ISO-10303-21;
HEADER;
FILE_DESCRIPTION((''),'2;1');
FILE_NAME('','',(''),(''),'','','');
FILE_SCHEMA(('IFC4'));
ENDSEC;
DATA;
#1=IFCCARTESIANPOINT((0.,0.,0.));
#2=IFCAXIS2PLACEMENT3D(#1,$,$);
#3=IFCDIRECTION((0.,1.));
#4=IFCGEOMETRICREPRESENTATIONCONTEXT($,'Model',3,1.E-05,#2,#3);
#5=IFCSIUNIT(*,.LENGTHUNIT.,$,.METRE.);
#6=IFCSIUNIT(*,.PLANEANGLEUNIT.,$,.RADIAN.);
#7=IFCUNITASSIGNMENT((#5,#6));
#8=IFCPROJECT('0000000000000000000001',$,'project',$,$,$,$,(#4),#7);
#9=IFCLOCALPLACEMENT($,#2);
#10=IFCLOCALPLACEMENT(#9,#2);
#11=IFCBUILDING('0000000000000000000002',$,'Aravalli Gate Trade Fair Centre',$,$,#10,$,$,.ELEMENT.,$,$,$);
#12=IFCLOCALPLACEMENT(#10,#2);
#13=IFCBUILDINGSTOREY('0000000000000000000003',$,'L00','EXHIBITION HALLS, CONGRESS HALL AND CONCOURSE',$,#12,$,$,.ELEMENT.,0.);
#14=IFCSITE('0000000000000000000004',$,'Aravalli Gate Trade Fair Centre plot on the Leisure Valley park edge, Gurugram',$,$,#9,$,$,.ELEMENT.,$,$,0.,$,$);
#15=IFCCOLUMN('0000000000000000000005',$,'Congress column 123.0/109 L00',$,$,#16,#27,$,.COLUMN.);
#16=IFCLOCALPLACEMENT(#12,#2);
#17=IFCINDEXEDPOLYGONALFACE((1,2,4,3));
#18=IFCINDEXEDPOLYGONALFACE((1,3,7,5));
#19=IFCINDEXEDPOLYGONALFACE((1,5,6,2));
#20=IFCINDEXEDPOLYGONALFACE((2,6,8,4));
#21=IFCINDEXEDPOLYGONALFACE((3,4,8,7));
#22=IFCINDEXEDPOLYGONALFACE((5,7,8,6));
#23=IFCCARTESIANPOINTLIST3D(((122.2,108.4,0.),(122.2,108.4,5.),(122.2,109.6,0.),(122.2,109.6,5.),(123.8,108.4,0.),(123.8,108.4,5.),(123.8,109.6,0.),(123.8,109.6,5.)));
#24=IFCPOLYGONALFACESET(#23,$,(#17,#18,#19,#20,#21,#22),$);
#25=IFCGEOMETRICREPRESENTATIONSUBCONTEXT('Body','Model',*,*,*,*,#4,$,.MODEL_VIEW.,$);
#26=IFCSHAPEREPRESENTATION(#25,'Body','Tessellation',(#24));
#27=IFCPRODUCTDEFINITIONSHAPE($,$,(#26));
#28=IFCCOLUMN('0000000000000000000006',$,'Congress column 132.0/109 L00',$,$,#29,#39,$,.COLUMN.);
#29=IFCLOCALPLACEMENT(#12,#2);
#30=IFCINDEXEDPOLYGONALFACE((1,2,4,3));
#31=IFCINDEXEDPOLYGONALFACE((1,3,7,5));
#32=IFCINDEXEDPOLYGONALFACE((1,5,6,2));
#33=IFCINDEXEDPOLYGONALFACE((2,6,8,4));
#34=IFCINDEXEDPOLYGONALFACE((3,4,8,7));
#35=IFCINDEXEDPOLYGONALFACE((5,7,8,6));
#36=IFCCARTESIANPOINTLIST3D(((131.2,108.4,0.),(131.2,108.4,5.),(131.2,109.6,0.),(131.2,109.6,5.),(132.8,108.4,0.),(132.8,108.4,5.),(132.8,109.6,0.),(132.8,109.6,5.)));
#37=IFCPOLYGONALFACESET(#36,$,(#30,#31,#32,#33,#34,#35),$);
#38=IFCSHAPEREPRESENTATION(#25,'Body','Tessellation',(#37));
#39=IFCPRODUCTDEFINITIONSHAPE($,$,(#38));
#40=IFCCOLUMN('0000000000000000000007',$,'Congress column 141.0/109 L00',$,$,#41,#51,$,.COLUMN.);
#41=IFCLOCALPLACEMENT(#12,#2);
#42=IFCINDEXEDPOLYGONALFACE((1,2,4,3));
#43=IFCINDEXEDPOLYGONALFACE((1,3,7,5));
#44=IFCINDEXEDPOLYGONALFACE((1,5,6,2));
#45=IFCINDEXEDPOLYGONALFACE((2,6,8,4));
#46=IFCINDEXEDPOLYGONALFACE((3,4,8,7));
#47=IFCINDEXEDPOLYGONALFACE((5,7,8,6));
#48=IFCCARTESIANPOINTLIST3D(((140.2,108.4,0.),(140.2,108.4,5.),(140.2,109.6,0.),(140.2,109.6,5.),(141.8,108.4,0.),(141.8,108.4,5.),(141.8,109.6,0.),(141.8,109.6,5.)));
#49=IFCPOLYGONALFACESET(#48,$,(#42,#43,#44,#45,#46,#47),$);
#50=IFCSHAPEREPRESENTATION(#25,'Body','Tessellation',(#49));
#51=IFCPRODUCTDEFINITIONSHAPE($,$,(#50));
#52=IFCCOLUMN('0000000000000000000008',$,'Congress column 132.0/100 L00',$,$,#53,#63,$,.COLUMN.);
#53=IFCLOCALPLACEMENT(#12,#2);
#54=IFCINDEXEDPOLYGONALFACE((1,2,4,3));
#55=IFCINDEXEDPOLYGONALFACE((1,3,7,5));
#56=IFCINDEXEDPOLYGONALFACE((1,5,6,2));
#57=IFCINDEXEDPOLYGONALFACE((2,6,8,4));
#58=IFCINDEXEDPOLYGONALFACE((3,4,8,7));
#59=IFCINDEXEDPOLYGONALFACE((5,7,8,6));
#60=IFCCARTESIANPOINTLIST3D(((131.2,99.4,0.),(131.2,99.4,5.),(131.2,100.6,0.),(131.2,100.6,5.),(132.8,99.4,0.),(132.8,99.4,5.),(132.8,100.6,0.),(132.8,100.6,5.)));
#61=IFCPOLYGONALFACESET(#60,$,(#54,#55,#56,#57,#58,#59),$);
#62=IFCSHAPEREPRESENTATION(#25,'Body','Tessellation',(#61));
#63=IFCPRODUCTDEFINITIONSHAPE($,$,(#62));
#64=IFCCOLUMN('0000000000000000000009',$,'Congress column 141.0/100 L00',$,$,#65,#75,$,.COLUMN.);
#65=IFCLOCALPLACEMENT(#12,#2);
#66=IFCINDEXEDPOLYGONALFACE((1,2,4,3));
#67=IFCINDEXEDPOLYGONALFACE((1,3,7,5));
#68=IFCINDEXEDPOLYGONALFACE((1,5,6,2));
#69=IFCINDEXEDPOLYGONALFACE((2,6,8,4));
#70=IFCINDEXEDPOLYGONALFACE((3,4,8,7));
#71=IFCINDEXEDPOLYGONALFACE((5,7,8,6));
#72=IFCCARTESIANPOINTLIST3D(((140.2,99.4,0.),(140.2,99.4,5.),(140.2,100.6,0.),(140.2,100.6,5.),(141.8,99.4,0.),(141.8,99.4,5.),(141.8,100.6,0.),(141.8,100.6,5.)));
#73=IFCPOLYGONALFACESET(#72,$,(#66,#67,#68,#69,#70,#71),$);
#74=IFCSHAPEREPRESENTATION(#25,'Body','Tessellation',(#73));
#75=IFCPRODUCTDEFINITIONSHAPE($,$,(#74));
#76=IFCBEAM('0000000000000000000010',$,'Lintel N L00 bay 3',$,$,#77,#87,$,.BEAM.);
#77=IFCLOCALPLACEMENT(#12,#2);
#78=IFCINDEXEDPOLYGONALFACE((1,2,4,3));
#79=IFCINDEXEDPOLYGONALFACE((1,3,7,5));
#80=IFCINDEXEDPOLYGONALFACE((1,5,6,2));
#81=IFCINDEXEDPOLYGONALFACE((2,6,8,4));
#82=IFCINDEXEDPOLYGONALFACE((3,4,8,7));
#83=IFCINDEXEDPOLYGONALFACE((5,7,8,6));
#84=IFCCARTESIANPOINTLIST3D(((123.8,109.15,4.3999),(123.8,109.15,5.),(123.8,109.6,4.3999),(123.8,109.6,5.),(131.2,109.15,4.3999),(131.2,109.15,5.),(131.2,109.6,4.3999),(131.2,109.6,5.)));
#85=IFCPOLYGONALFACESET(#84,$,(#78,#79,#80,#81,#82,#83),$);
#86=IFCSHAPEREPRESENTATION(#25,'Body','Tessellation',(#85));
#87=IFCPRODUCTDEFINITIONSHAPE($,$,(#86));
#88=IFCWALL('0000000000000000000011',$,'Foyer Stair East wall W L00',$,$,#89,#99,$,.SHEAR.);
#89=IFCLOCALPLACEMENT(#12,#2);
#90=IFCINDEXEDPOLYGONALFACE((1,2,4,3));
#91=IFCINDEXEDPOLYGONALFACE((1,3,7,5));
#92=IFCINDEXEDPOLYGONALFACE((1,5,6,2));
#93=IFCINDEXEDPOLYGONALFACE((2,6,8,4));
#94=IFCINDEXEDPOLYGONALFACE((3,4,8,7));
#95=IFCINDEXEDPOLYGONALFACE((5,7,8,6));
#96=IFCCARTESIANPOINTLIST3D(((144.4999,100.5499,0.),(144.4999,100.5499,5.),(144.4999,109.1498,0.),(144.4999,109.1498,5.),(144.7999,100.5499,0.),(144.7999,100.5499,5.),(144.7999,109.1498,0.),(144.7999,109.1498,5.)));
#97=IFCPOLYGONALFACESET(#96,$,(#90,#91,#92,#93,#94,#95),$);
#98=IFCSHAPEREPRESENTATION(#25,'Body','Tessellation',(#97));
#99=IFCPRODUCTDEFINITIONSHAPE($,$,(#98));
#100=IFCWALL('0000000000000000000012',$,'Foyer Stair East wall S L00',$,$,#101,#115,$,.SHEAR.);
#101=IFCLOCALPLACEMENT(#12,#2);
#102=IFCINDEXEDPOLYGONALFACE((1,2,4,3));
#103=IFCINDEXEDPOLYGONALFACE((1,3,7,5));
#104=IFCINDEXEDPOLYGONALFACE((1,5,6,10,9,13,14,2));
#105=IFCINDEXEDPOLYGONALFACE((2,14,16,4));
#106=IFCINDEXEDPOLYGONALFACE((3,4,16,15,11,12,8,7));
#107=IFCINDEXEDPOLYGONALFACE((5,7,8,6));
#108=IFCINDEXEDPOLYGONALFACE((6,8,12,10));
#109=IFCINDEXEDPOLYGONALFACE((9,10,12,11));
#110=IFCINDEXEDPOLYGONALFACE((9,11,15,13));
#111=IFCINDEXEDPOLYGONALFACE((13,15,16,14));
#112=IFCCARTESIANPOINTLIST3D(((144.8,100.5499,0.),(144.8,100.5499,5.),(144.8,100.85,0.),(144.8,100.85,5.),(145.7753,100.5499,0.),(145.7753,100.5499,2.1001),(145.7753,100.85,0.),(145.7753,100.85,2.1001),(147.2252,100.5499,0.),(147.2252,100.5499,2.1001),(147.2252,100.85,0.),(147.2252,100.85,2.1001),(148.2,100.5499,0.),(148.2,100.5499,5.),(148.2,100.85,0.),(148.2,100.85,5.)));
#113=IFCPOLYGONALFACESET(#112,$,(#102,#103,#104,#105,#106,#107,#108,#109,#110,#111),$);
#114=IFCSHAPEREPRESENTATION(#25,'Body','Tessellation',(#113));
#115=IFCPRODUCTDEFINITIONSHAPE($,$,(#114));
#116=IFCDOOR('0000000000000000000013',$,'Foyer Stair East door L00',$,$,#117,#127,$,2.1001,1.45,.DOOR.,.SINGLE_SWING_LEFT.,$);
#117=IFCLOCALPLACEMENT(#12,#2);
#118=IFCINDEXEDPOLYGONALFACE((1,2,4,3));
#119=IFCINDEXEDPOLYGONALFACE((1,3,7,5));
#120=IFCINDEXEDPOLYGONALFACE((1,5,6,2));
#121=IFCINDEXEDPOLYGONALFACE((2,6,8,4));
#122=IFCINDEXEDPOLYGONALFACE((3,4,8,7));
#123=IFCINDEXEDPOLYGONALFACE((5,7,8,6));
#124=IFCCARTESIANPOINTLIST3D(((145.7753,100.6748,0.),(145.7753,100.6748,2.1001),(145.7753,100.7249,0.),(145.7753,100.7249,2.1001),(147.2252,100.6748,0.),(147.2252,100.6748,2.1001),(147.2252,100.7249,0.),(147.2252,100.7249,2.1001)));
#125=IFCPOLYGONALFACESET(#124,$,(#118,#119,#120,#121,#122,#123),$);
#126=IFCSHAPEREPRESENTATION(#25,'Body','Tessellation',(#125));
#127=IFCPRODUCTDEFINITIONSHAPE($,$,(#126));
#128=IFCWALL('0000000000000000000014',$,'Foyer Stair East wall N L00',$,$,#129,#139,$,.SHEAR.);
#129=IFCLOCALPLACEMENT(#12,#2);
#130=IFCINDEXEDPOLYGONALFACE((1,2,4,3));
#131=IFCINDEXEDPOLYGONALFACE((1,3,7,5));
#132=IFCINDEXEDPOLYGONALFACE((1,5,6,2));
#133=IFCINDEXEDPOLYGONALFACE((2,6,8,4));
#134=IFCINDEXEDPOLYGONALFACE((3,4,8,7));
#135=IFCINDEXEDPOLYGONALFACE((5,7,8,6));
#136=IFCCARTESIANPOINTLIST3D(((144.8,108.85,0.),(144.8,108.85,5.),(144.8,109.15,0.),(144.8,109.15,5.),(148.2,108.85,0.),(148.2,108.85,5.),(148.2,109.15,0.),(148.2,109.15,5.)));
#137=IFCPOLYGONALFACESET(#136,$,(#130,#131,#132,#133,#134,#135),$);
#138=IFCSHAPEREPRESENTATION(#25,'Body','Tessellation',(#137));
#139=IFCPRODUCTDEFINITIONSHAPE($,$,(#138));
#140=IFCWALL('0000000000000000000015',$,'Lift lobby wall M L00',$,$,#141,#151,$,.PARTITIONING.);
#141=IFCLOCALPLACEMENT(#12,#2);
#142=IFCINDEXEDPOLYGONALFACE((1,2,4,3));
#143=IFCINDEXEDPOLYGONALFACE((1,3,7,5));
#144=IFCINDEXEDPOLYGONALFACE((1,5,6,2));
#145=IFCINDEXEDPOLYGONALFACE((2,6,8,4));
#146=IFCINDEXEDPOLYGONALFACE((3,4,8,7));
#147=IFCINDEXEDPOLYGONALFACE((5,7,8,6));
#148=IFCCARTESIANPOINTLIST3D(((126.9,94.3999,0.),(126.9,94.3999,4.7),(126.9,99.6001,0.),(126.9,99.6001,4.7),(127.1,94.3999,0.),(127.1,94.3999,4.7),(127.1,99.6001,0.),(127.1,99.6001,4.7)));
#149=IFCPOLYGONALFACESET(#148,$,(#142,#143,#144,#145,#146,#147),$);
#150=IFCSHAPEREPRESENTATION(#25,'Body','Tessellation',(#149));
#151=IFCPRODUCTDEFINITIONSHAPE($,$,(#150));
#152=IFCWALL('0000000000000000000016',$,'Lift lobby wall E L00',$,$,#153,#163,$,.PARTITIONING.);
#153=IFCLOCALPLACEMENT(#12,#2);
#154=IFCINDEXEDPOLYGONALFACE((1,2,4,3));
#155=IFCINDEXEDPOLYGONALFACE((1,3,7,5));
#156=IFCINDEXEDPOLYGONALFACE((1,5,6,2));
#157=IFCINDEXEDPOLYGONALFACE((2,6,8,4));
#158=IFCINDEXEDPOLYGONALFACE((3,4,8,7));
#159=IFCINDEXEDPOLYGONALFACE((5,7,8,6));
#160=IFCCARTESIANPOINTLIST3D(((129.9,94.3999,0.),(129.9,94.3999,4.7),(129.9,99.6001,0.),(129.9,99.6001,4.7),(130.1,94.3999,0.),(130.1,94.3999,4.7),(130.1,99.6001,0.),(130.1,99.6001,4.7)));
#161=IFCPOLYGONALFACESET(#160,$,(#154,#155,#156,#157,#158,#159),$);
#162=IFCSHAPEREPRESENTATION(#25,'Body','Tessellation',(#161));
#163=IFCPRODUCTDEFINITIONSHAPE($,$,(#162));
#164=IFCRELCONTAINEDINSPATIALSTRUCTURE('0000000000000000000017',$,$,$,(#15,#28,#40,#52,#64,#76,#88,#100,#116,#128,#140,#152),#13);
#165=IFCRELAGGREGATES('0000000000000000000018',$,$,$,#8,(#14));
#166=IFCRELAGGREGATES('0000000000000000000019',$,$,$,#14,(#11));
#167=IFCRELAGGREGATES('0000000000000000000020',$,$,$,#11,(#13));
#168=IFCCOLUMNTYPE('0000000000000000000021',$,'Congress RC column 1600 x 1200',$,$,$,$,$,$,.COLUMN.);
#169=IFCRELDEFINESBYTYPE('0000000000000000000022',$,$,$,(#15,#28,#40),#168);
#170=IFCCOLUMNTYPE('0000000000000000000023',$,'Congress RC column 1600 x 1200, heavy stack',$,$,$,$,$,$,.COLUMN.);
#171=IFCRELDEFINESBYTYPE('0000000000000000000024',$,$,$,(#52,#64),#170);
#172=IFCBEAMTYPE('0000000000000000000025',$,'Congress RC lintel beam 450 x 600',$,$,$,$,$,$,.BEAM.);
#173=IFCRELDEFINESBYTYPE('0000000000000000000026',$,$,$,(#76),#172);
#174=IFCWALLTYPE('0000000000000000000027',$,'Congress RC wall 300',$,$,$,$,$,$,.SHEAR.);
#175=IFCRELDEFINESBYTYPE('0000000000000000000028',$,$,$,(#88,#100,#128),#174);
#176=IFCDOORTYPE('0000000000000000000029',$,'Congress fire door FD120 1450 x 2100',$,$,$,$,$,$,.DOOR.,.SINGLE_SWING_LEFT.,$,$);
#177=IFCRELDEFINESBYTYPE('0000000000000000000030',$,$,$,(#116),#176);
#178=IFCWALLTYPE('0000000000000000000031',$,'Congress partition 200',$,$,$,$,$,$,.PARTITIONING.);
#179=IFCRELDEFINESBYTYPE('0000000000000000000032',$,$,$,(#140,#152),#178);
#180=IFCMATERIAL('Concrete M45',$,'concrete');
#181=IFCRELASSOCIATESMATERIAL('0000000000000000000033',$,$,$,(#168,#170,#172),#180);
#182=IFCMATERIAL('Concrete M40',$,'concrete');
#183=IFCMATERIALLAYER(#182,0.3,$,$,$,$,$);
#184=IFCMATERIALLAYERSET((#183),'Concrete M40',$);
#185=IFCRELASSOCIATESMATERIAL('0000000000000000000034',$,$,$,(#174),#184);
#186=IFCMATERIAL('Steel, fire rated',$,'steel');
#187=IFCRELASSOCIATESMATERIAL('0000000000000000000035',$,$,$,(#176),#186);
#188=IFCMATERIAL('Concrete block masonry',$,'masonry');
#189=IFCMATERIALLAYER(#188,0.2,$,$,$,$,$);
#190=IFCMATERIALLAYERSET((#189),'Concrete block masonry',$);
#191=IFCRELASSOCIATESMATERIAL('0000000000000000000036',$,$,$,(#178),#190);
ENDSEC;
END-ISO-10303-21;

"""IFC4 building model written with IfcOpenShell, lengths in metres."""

from ifc_helpers import new_model, si_unit, direction, frame, frame_2d, origin, origin_2d, place, context, subcontext, project, spatial, rectangle, extrude, material, layer, layer_set, material_profile, profile_set, type_object, element, fill, save


model = new_model("IFC4")

# Units and contexts
model_context = context("Model", 3, precision=1e-05, world=origin(), true_north=direction((0.0, 1.0)))
body_context = subcontext(model_context, "Body", "Model", "MODEL_VIEW")
ifc_project = project(units=[si_unit("LENGTHUNIT", "METRE"), si_unit("PLANEANGLEUNIT", "RADIAN")], contexts=[model_context])

# Site, building, storey
site_placement = place(None, origin())
site = spatial("IfcSite", under=ifc_project, at=site_placement, Name="Aravalli Gate Trade Fair Centre plot on the Leisure Valley park edge, Gurugram", CompositionType="ELEMENT", RefElevation=0.0)
building_placement = place(site_placement, origin())
building = spatial("IfcBuilding", under=site, at=building_placement, Name="Aravalli Gate Trade Fair Centre", CompositionType="ELEMENT")
storey_placement = place(building_placement, origin())
storey = spatial("IfcBuildingStorey", under=building, at=storey_placement, Name="L00", Description="EXHIBITION HALLS, CONGRESS HALL AND CONCOURSE", CompositionType="ELEMENT", Elevation=0.0)

# Columns
ifc_material_1 = material(Name="Concrete M45", Category="concrete")
ifc_material_profile_1 = material_profile(ifc_material_1, rectangle(XDim=1.6001, YDim=1.2, at=origin_2d()), Name="RC 1600x1200")
ifc_profile_set_1 = profile_set([ifc_material_profile_1], Name="Concrete M45")
column_type_1 = type_object("IfcColumnType", Name="Congress RC column 1600 x 1200", PredefinedType="COLUMN", material=ifc_profile_set_1)
for number, where, z_axis, x_axis, name in (
    (1, (123.0, 109.0, 0.0), (0.0, 0.0, 1.0), (1.0, 0.0, 0.0), "Congress column 123.0/109 L00"),
    (2, (132.0, 109.0, 0.0), (0.0, 0.0, 1.0), (1.0, 0.0, 0.0), "Congress column 132.0/109 L00"),
    (3, (141.0, 109.0, 0.0), (0.0, 0.0, 1.0), (1.0, 0.0, 0.0), "Congress column 141.0/109 L00"),
):
    element("IfcColumn", number, at=place(storey_placement, frame(where, z_axis=z_axis, x_axis=x_axis)), inside=storey, type_object=column_type_1, Name=name, PredefinedType="COLUMN", context=body_context, shape_type="SweptSolid", body=[
        extrude(rectangle(XDim=1.6001, YDim=1.2, at=origin_2d()), origin(), (0.0, 0.0, 1.0), 5.0),
    ])
ifc_material_profile_2 = material_profile(ifc_material_1, rectangle(XDim=1.6001, YDim=1.2, at=origin_2d()), Name="RC 1600x1200")
ifc_profile_set_2 = profile_set([ifc_material_profile_2], Name="Concrete M45")
column_type_2 = type_object("IfcColumnType", Name="Congress RC column 1600 x 1200, heavy stack", PredefinedType="COLUMN", material=ifc_profile_set_2)
for number, where, z_axis, x_axis, name in (
    (4, (132.0, 100.0, 0.0), (0.0, 0.0, 1.0), (1.0, 0.0, 0.0), "Congress column 132.0/100 L00"),
    (5, (141.0, 100.0, 0.0), (0.0, 0.0, 1.0), (1.0, 0.0, 0.0), "Congress column 141.0/100 L00"),
):
    element("IfcColumn", number, at=place(storey_placement, frame(where, z_axis=z_axis, x_axis=x_axis)), inside=storey, type_object=column_type_2, Name=name, PredefinedType="COLUMN", context=body_context, shape_type="SweptSolid", body=[
        extrude(rectangle(XDim=1.6001, YDim=1.2, at=origin_2d()), origin(), (0.0, 0.0, 1.0), 5.0),
    ])

# Beam
ifc_material_profile_3 = material_profile(ifc_material_1, rectangle(XDim=0.45, YDim=0.6001, at=origin_2d()), Name="RC 450x600")
ifc_profile_set_3 = profile_set([ifc_material_profile_3], Name="Concrete M45")
beam_type = type_object("IfcBeamType", Name="Congress RC lintel beam 450 x 600", PredefinedType="BEAM", material=ifc_profile_set_3)
beam_placement = place(storey_placement, frame((123.8, 109.375, 4.7), z_axis=(1.0, 0.0, 0.0), x_axis=(0.0, 1.0, 0.0)))
element("IfcBeam", 6, at=beam_placement, inside=storey, type_object=beam_type, Name="Lintel N L00 bay 3", PredefinedType="BEAM", context=body_context, shape_type="SweptSolid", body=[
    extrude(rectangle(XDim=0.45, YDim=0.6001, at=origin_2d()), origin(), (0.0, 0.0, 1.0), 7.3999),
])

# Wall
ifc_material_2 = material(Name="Concrete M40", Category="concrete")
ifc_layer_1 = layer(ifc_material_2, 0.3)
ifc_layer_set_1 = layer_set([ifc_layer_1], Name="Concrete M40")
wall_type_1 = type_object("IfcWallType", Name="Congress RC wall 300", PredefinedType="SHEAR", material=ifc_layer_set_1)
wall_1_placement = place(storey_placement, frame((144.6499, 100.55, 0.0), z_axis=(0.0, 0.0, 1.0), x_axis=(0.0, 1.0, 0.0)))
element("IfcWall", 7, at=wall_1_placement, inside=storey, type_object=wall_type_1, Name="Foyer Stair East wall W L00", PredefinedType="SHEAR", context=body_context, shape_type="SweptSolid", body=[
    extrude(rectangle(XDim=8.5999, YDim=0.3, at=frame_2d((4.2998, 0.0))), origin(), (0.0, 0.0, 1.0), 5.0),
])

# Wall, opening, door
wall_2_placement = place(storey_placement, frame((144.8, 100.7, 0.0), z_axis=(0.0, 0.0, 1.0), x_axis=(1.0, 0.0, 0.0)))
wall_2 = element("IfcWall", 8, at=wall_2_placement, inside=storey, type_object=wall_type_1, Name="Foyer Stair East wall S L00", PredefinedType="SHEAR", context=body_context, shape_type="SweptSolid", body=[
    extrude(rectangle(XDim=3.3999, YDim=0.3, at=frame_2d((1.7, 0.0))), origin(), (0.0, 0.0, 1.0), 5.0),
])
opening_1_placement = place(wall_2_placement, frame((0.9751, 0.0, 0.0)))
opening_1 = element("IfcOpeningElement", 9, at=opening_1_placement, cuts=wall_2, PredefinedType="OPENING", context=body_context, shape_type="SweptSolid", body=[
    extrude(rectangle(XDim=1.45, YDim=2.1001, at=frame_2d((0.7251, 1.05))), frame((0.0, 0.1599, 0.0), z_axis=(0.0, -1.0, 0.0), x_axis=(1.0, 0.0, 0.0)), (0.0, 0.0, 1.0), 0.3201),
])
ifc_material_3 = material(Name="Steel, fire rated", Category="steel")
door_type_1 = type_object("IfcDoorType", Name="Congress fire door FD120 1450 x 2100", OperationType="SINGLE_SWING_LEFT", PredefinedType="DOOR", material=ifc_material_3)
door_1_placement = place(opening_1_placement, origin())
door_1 = element("IfcDoor", 10, at=door_1_placement, inside=storey, type_object=door_type_1, Name="Foyer Stair East door L00", OperationType="SINGLE_SWING_LEFT", OverallHeight=2.1001, OverallWidth=1.45, PredefinedType="DOOR", context=body_context, shape_type="SweptSolid", body=[
    extrude(rectangle(XDim=1.45, YDim=2.1001, at=frame_2d((0.7251, 1.05))), frame((0.0, 0.0249, 0.0), z_axis=(0.0, -1.0, 0.0), x_axis=(1.0, 0.0, 0.0)), (0.0, 0.0, 1.0), 0.05),
])
fill(opening_1, door_1)

# Walls
wall_3_placement = place(storey_placement, frame((144.8, 109.0, 0.0), z_axis=(0.0, 0.0, 1.0), x_axis=(1.0, 0.0, 0.0)))
element("IfcWall", 11, at=wall_3_placement, inside=storey, type_object=wall_type_1, Name="Foyer Stair East wall N L00", PredefinedType="SHEAR", context=body_context, shape_type="SweptSolid", body=[
    extrude(rectangle(XDim=3.3999, YDim=0.3, at=frame_2d((1.7, 0.0))), origin(), (0.0, 0.0, 1.0), 5.0),
])
ifc_material_4 = material(Name="Concrete block masonry", Category="masonry")
ifc_layer_2 = layer(ifc_material_4, 0.2)
ifc_layer_set_2 = layer_set([ifc_layer_2], Name="Concrete block masonry")
wall_type_2 = type_object("IfcWallType", Name="Congress partition 200", PredefinedType="PARTITIONING", material=ifc_layer_set_2)
for number, where, z_axis, x_axis, name in (
    (12, (127.0, 94.3999, 0.0), (0.0, 0.0, 1.0), (0.0, 1.0, 0.0), "Lift lobby wall M L00"),
    (13, (130.0, 94.3999, 0.0), (0.0, 0.0, 1.0), (0.0, 1.0, 0.0), "Lift lobby wall E L00"),
):
    element("IfcWall", number, at=place(storey_placement, frame(where, z_axis=z_axis, x_axis=x_axis)), inside=storey, type_object=wall_type_2, Name=name, PredefinedType="PARTITIONING", context=body_context, shape_type="SweptSolid", body=[
        extrude(rectangle(XDim=5.2002, YDim=0.2, at=frame_2d((2.6001, 0.0))), origin(), (0.0, 0.0, 1.0), 4.7),
    ])

save(model, "model.ifc")
